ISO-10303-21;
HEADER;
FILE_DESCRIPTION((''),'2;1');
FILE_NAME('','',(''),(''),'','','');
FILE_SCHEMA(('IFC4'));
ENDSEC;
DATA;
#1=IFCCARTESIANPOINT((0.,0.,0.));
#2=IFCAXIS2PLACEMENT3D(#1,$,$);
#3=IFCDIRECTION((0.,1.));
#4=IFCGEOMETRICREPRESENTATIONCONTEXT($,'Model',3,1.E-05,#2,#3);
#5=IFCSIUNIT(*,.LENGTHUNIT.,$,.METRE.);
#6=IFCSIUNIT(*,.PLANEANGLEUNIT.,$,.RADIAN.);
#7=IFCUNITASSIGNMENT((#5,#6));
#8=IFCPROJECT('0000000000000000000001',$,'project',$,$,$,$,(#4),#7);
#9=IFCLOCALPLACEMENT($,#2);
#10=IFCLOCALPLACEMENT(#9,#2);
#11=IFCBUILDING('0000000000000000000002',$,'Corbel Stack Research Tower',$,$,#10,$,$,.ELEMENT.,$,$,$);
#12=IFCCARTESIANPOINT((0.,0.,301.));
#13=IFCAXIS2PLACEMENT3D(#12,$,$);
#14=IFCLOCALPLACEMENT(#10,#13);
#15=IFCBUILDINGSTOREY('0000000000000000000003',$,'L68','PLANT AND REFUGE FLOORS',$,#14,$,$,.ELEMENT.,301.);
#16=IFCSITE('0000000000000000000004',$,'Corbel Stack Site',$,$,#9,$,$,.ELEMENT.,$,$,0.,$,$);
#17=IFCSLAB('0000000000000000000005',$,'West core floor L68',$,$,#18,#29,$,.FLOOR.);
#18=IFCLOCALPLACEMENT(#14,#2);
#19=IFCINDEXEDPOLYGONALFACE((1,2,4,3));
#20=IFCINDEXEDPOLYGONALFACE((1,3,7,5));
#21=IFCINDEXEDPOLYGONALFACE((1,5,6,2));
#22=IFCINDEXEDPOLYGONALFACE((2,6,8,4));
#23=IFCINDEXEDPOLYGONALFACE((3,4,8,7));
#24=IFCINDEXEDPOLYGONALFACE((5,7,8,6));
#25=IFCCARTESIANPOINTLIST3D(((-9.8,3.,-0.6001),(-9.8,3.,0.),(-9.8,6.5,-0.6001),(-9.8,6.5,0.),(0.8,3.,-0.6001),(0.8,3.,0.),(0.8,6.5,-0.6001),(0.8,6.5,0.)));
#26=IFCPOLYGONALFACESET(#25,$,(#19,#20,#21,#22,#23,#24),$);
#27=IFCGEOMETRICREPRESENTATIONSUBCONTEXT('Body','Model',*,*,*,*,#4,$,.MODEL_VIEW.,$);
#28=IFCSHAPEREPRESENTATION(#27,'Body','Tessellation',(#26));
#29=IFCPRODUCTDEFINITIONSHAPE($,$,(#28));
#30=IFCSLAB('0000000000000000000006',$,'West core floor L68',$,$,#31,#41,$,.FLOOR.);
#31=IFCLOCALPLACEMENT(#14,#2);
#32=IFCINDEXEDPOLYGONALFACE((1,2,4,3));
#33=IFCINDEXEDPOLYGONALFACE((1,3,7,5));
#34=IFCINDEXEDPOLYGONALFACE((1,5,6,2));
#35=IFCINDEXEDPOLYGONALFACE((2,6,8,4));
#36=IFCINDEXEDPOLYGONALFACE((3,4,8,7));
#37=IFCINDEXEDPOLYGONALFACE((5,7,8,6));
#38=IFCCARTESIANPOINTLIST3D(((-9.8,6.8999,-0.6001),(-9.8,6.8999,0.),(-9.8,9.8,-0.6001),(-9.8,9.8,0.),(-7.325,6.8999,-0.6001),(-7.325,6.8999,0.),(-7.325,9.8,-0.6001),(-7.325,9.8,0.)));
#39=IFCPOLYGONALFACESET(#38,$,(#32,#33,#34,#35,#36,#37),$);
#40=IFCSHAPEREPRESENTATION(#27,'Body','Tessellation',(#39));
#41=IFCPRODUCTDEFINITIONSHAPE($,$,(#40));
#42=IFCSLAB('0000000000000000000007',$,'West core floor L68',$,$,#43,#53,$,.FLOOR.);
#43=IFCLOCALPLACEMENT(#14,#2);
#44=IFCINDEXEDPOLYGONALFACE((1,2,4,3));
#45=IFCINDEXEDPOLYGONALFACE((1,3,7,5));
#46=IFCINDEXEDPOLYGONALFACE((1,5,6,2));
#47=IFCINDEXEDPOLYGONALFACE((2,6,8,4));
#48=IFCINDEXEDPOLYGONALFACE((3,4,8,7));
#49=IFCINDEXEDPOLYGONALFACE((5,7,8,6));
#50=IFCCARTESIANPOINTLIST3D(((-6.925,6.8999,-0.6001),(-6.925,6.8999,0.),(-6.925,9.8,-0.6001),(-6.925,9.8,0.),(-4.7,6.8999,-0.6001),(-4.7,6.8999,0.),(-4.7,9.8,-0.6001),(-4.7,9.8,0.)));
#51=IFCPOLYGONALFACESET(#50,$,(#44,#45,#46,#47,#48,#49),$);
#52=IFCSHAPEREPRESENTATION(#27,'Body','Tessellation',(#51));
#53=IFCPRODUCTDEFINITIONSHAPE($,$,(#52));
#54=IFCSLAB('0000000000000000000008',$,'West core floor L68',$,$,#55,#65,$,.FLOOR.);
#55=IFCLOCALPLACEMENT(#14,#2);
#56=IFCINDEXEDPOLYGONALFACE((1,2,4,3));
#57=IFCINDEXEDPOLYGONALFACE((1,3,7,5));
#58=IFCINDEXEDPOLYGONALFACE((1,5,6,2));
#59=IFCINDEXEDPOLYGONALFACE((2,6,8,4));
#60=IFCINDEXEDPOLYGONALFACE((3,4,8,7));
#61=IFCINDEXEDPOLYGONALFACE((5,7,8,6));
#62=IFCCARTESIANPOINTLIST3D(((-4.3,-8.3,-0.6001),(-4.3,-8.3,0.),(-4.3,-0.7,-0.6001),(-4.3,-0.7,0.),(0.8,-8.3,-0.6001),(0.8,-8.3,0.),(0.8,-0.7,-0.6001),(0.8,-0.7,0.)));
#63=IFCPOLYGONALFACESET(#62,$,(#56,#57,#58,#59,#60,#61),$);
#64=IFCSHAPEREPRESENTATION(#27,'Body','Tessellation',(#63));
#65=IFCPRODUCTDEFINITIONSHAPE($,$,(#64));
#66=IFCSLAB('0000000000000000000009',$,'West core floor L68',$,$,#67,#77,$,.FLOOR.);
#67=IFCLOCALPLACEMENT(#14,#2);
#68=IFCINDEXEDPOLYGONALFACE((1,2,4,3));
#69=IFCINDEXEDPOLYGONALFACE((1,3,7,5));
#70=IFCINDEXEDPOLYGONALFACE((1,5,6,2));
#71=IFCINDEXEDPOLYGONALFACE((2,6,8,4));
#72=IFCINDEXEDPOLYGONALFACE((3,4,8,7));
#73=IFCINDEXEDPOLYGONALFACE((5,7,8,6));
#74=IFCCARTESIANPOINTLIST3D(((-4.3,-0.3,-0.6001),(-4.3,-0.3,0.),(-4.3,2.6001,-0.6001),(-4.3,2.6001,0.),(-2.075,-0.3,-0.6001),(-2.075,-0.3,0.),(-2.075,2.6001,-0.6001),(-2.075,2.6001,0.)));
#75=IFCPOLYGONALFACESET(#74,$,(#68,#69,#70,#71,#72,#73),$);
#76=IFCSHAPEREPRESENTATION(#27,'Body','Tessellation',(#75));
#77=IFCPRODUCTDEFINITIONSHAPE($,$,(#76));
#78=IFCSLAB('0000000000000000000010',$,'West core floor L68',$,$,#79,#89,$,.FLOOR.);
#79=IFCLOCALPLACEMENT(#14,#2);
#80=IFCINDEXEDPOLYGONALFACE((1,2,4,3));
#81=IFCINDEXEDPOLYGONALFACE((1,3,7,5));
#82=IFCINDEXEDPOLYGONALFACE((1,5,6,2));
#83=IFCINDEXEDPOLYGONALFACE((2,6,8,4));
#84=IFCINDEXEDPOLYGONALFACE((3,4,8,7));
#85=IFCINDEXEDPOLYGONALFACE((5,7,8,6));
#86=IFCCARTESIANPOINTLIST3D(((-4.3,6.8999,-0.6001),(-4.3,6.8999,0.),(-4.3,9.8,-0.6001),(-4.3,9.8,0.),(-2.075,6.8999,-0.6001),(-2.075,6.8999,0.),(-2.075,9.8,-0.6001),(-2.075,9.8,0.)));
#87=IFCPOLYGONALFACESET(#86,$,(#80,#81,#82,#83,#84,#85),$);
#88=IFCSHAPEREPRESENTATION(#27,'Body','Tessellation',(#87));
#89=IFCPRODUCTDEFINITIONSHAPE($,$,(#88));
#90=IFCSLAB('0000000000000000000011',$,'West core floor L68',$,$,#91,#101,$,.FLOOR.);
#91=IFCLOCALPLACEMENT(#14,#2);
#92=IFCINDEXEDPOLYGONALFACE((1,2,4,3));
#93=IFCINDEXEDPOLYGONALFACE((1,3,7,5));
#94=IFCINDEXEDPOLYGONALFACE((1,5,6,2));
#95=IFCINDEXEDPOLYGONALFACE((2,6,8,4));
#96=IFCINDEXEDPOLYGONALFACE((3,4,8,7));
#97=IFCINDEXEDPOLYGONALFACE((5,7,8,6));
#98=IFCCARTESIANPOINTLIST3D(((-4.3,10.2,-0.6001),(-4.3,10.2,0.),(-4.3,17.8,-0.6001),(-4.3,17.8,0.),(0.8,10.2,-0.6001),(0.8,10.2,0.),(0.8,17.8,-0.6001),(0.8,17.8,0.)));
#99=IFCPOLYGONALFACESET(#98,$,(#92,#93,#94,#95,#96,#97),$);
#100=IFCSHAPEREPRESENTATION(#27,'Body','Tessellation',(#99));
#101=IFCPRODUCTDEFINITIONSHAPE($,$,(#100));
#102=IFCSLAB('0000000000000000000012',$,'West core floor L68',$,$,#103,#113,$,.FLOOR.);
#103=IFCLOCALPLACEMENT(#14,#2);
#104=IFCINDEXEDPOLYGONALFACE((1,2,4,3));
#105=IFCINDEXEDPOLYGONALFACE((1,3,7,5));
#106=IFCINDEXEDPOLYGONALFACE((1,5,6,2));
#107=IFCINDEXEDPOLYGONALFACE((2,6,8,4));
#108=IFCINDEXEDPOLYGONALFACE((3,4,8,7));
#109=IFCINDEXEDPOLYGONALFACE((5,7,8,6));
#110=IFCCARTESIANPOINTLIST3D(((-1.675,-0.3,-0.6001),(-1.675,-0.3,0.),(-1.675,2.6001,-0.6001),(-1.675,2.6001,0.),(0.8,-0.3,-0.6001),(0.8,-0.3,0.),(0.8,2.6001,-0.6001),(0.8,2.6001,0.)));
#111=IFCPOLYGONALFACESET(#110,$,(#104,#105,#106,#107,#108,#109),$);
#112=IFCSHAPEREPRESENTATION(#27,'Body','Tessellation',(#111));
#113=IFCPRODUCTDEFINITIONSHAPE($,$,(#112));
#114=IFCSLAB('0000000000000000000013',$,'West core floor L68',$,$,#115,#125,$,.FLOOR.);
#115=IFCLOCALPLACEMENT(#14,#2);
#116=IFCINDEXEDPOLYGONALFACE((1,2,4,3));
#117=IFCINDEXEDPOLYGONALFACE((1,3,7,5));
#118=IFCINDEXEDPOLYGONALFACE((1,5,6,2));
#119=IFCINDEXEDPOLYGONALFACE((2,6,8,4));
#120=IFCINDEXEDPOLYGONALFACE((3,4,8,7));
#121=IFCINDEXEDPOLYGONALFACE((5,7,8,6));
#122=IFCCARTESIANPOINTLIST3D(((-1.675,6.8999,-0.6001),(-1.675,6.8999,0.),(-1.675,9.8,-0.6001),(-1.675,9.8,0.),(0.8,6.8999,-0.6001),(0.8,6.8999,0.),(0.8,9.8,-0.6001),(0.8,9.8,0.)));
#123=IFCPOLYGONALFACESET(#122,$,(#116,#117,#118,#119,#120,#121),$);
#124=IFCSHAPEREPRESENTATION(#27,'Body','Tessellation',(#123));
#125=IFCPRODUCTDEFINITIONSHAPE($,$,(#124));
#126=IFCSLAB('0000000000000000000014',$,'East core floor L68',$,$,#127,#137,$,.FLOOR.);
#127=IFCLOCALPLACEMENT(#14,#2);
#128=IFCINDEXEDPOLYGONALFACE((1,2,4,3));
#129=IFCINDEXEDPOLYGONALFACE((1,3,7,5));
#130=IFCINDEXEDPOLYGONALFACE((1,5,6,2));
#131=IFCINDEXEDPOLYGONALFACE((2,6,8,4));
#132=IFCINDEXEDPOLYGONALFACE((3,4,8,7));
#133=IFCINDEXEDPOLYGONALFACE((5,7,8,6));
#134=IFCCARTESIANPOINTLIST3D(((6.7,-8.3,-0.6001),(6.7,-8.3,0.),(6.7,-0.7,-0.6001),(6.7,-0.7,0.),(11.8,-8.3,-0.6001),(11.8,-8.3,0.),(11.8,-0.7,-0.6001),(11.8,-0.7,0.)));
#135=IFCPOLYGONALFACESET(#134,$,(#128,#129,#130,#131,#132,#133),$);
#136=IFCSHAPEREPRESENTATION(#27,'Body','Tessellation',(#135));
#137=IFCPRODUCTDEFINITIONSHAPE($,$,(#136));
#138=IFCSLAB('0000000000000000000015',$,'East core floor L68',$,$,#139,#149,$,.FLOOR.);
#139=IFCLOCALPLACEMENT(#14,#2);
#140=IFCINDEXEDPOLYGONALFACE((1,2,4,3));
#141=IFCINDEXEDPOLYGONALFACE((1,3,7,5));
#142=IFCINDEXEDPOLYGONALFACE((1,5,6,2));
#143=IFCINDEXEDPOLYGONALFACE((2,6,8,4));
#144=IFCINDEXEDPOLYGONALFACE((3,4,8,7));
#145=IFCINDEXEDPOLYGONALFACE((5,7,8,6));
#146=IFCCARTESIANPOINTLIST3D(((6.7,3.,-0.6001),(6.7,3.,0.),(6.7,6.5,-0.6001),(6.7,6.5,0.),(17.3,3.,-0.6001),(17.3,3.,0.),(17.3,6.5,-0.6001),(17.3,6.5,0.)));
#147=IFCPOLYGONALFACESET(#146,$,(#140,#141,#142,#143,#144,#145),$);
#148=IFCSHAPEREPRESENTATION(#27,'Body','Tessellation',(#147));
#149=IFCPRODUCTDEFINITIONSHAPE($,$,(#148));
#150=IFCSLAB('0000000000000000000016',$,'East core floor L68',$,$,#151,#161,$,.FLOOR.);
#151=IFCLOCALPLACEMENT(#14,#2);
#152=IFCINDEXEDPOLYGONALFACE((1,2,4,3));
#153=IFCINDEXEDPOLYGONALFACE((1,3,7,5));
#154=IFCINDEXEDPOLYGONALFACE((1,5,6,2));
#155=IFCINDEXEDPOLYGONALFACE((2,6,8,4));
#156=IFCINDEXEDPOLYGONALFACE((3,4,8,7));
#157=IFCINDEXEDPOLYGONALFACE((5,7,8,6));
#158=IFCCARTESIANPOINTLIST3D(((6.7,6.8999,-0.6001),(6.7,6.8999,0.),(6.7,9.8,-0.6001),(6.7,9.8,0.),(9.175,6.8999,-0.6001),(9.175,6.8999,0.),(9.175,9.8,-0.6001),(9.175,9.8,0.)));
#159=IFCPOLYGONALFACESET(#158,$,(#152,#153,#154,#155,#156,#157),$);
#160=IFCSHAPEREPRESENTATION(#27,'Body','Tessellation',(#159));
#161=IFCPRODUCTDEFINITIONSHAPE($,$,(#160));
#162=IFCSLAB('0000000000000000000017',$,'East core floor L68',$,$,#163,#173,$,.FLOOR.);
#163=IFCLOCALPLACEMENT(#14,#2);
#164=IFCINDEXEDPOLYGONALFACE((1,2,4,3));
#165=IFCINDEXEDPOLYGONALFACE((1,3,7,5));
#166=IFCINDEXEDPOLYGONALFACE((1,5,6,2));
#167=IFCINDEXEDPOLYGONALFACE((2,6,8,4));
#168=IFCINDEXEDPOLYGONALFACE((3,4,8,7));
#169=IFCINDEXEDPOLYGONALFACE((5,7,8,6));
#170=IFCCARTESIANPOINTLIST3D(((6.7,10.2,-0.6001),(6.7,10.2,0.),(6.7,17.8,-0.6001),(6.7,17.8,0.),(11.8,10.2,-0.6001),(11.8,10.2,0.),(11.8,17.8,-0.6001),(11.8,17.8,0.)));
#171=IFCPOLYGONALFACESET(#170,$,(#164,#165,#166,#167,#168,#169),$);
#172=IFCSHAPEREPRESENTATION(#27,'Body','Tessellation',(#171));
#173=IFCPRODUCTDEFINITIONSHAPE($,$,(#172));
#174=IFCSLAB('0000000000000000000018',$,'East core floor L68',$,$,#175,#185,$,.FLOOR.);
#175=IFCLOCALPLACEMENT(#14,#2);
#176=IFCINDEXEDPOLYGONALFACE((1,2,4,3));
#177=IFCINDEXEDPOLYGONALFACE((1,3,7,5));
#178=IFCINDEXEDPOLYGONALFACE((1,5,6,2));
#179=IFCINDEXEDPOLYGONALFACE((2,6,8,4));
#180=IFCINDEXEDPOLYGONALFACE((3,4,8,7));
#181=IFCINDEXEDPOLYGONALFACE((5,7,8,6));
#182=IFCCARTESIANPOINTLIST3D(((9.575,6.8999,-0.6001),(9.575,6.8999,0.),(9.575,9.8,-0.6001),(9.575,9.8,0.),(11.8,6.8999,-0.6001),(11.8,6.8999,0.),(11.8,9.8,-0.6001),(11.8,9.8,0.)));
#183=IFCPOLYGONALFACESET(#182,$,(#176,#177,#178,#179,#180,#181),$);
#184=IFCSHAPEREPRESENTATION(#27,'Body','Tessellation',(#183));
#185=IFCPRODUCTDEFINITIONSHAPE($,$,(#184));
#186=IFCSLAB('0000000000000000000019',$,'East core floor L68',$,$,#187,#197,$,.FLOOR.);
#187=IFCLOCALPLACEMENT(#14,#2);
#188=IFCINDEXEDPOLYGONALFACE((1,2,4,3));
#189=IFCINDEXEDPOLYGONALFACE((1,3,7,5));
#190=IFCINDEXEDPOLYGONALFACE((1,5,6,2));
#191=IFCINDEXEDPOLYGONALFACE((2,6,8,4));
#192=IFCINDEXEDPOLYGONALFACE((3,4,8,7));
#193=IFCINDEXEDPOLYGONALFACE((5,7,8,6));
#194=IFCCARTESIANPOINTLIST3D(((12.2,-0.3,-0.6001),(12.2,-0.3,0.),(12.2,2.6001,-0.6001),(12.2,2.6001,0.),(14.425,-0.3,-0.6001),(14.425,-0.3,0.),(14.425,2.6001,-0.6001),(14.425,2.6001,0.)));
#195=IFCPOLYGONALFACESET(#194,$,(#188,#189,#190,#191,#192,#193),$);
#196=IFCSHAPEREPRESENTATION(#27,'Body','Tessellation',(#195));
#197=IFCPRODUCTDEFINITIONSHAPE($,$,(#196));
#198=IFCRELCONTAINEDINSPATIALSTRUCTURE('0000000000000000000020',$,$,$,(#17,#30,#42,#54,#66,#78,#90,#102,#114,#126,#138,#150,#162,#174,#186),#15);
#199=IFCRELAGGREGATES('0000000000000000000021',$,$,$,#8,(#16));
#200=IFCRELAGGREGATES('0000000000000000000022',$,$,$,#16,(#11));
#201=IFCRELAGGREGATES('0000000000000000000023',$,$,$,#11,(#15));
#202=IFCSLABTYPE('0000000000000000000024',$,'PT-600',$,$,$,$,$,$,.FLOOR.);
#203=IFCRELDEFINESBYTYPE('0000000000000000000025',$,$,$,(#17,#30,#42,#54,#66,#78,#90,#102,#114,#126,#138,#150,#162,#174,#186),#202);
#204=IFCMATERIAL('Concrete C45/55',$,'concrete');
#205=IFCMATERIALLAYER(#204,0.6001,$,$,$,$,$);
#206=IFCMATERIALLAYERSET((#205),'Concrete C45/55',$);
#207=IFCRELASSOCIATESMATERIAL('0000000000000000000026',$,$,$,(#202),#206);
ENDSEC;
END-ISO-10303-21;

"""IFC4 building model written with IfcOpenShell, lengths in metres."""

from ifc_helpers import new_model, si_unit, direction, frame, origin, place, context, subcontext, project, spatial, polyline, outline, extrude, material, layer, layer_set, type_object, element, save


model = new_model("IFC4")

# Units and contexts
model_context = context("Model", 3, precision=1e-05, world=origin(), true_north=direction((0.0, 1.0)))
body_context = subcontext(model_context, "Body", "Model", "MODEL_VIEW")
ifc_project = project(units=[si_unit("LENGTHUNIT", "METRE"), si_unit("PLANEANGLEUNIT", "RADIAN")], contexts=[model_context])

# Site, building, storey
site_placement = place(None, origin())
site = spatial("IfcSite", under=ifc_project, at=site_placement, Name="Corbel Stack Site", CompositionType="ELEMENT", RefElevation=0.0)
building_placement = place(site_placement, origin())
building = spatial("IfcBuilding", under=site, at=building_placement, Name="Corbel Stack Research Tower", CompositionType="ELEMENT")
storey_placement = place(building_placement, frame((0.0, 0.0, 301.0)))
storey = spatial("IfcBuildingStorey", under=building, at=storey_placement, Name="L68", Description="PLANT AND REFUGE FLOORS", CompositionType="ELEMENT", Elevation=301.0)

# Slabs
ifc_material_1 = material(Name="Concrete C45/55", Category="concrete")
ifc_layer_1 = layer(ifc_material_1, 0.6001)
ifc_layer_set_1 = layer_set([ifc_layer_1], Name="Concrete C45/55")
slab_type_1 = type_object("IfcSlabType", Name="PT-600", PredefinedType="FLOOR", material=ifc_layer_set_1)
slab_1_placement = place(storey_placement, frame((0.0, 0.0, -0.6001)))
element("IfcSlab", 1, at=slab_1_placement, inside=storey, type_object=slab_type_1, Name="West core floor L68", PredefinedType="FLOOR", context=body_context, shape_type="SweptSolid", body=[
    extrude(outline(polyline([(-9.8, 6.5), (-9.8, 3.0), (0.8, 3.0), (0.8, 6.5), (-9.8, 6.5)])), origin(), (0.0, 0.0, 1.0), 0.6001),
])
slab_2_placement = place(storey_placement, frame((0.0, 0.0, -0.6001)))
element("IfcSlab", 2, at=slab_2_placement, inside=storey, type_object=slab_type_1, Name="West core floor L68", PredefinedType="FLOOR", context=body_context, shape_type="SweptSolid", body=[
    extrude(outline(polyline([(-9.8, 6.8999), (-7.325, 6.8999), (-7.325, 9.8), (-9.8, 9.8), (-9.8, 6.8999)])), origin(), (0.0, 0.0, 1.0), 0.6001),
])
slab_3_placement = place(storey_placement, frame((0.0, 0.0, -0.6001)))
element("IfcSlab", 3, at=slab_3_placement, inside=storey, type_object=slab_type_1, Name="West core floor L68", PredefinedType="FLOOR", context=body_context, shape_type="SweptSolid", body=[
    extrude(outline(polyline([(-6.925, 6.8999), (-4.7, 6.8999), (-4.7, 9.8), (-6.925, 9.8), (-6.925, 6.8999)])), origin(), (0.0, 0.0, 1.0), 0.6001),
])
slab_4_placement = place(storey_placement, frame((0.0, 0.0, -0.6001)))
element("IfcSlab", 4, at=slab_4_placement, inside=storey, type_object=slab_type_1, Name="West core floor L68", PredefinedType="FLOOR", context=body_context, shape_type="SweptSolid", body=[
    extrude(outline(polyline([(-4.3, -0.7), (-4.3, -8.3), (0.8, -8.3), (0.8, -0.7), (-4.3, -0.7)])), origin(), (0.0, 0.0, 1.0), 0.6001),
])
slab_5_placement = place(storey_placement, frame((0.0, 0.0, -0.6001)))
element("IfcSlab", 5, at=slab_5_placement, inside=storey, type_object=slab_type_1, Name="West core floor L68", PredefinedType="FLOOR", context=body_context, shape_type="SweptSolid", body=[
    extrude(outline(polyline([(-4.3, 2.6001), (-4.3, -0.3), (-2.075, -0.3), (-2.075, 2.6001), (-4.3, 2.6001)])), origin(), (0.0, 0.0, 1.0), 0.6001),
])
slab_6_placement = place(storey_placement, frame((0.0, 0.0, -0.6001)))
element("IfcSlab", 6, at=slab_6_placement, inside=storey, type_object=slab_type_1, Name="West core floor L68", PredefinedType="FLOOR", context=body_context, shape_type="SweptSolid", body=[
    extrude(outline(polyline([(-2.075, 6.8999), (-2.075, 9.8), (-4.3, 9.8), (-4.3, 6.8999), (-2.075, 6.8999)])), origin(), (0.0, 0.0, 1.0), 0.6001),
])
slab_7_placement = place(storey_placement, frame((0.0, 0.0, -0.6001)))
element("IfcSlab", 7, at=slab_7_placement, inside=storey, type_object=slab_type_1, Name="West core floor L68", PredefinedType="FLOOR", context=body_context, shape_type="SweptSolid", body=[
    extrude(outline(polyline([(-4.3, 17.8), (-4.3, 10.2), (0.8, 10.2), (0.8, 17.8), (-4.3, 17.8)])), origin(), (0.0, 0.0, 1.0), 0.6001),
])
slab_8_placement = place(storey_placement, frame((0.0, 0.0, -0.6001)))
element("IfcSlab", 8, at=slab_8_placement, inside=storey, type_object=slab_type_1, Name="West core floor L68", PredefinedType="FLOOR", context=body_context, shape_type="SweptSolid", body=[
    extrude(outline(polyline([(-1.675, 2.6001), (-1.675, -0.3), (0.8, -0.3), (0.8, 2.6001), (-1.675, 2.6001)])), origin(), (0.0, 0.0, 1.0), 0.6001),
])
slab_9_placement = place(storey_placement, frame((0.0, 0.0, -0.6001)))
element("IfcSlab", 9, at=slab_9_placement, inside=storey, type_object=slab_type_1, Name="West core floor L68", PredefinedType="FLOOR", context=body_context, shape_type="SweptSolid", body=[
    extrude(outline(polyline([(0.8, 6.8999), (0.8, 9.8), (-1.675, 9.8), (-1.675, 6.8999), (0.8, 6.8999)])), origin(), (0.0, 0.0, 1.0), 0.6001),
])
slab_10_placement = place(storey_placement, frame((0.0, 0.0, -0.6001)))
element("IfcSlab", 10, at=slab_10_placement, inside=storey, type_object=slab_type_1, Name="East core floor L68", PredefinedType="FLOOR", context=body_context, shape_type="SweptSolid", body=[
    extrude(outline(polyline([(6.7, -8.3), (11.8, -8.3), (11.8, -0.7), (6.7, -0.7), (6.7, -8.3)])), origin(), (0.0, 0.0, 1.0), 0.6001),
])
slab_11_placement = place(storey_placement, frame((0.0, 0.0, -0.6001)))
element("IfcSlab", 11, at=slab_11_placement, inside=storey, type_object=slab_type_1, Name="East core floor L68", PredefinedType="FLOOR", context=body_context, shape_type="SweptSolid", body=[
    extrude(outline(polyline([(6.7, 3.0), (17.3, 3.0), (17.3, 6.5), (6.7, 6.5), (6.7, 3.0)])), origin(), (0.0, 0.0, 1.0), 0.6001),
])
slab_12_placement = place(storey_placement, frame((0.0, 0.0, -0.6001)))
element("IfcSlab", 12, at=slab_12_placement, inside=storey, type_object=slab_type_1, Name="East core floor L68", PredefinedType="FLOOR", context=body_context, shape_type="SweptSolid", body=[
    extrude(outline(polyline([(6.7, 6.8999), (9.175, 6.8999), (9.175, 9.8), (6.7, 9.8), (6.7, 6.8999)])), origin(), (0.0, 0.0, 1.0), 0.6001),
])
slab_13_placement = place(storey_placement, frame((0.0, 0.0, -0.6001)))
element("IfcSlab", 13, at=slab_13_placement, inside=storey, type_object=slab_type_1, Name="East core floor L68", PredefinedType="FLOOR", context=body_context, shape_type="SweptSolid", body=[
    extrude(outline(polyline([(6.7, 10.2), (11.8, 10.2), (11.8, 17.8), (6.7, 17.8), (6.7, 10.2)])), origin(), (0.0, 0.0, 1.0), 0.6001),
])
slab_14_placement = place(storey_placement, frame((0.0, 0.0, -0.6001)))
element("IfcSlab", 14, at=slab_14_placement, inside=storey, type_object=slab_type_1, Name="East core floor L68", PredefinedType="FLOOR", context=body_context, shape_type="SweptSolid", body=[
    extrude(outline(polyline([(9.575, 6.8999), (11.8, 6.8999), (11.8, 9.8), (9.575, 9.8), (9.575, 6.8999)])), origin(), (0.0, 0.0, 1.0), 0.6001),
])
slab_15_placement = place(storey_placement, frame((0.0, 0.0, -0.6001)))
element("IfcSlab", 15, at=slab_15_placement, inside=storey, type_object=slab_type_1, Name="East core floor L68", PredefinedType="FLOOR", context=body_context, shape_type="SweptSolid", body=[
    extrude(outline(polyline([(12.2, 2.6001), (12.2, -0.3), (14.425, -0.3), (14.425, 2.6001), (12.2, 2.6001)])), origin(), (0.0, 0.0, 1.0), 0.6001),
])

save(model, "model.ifc")
